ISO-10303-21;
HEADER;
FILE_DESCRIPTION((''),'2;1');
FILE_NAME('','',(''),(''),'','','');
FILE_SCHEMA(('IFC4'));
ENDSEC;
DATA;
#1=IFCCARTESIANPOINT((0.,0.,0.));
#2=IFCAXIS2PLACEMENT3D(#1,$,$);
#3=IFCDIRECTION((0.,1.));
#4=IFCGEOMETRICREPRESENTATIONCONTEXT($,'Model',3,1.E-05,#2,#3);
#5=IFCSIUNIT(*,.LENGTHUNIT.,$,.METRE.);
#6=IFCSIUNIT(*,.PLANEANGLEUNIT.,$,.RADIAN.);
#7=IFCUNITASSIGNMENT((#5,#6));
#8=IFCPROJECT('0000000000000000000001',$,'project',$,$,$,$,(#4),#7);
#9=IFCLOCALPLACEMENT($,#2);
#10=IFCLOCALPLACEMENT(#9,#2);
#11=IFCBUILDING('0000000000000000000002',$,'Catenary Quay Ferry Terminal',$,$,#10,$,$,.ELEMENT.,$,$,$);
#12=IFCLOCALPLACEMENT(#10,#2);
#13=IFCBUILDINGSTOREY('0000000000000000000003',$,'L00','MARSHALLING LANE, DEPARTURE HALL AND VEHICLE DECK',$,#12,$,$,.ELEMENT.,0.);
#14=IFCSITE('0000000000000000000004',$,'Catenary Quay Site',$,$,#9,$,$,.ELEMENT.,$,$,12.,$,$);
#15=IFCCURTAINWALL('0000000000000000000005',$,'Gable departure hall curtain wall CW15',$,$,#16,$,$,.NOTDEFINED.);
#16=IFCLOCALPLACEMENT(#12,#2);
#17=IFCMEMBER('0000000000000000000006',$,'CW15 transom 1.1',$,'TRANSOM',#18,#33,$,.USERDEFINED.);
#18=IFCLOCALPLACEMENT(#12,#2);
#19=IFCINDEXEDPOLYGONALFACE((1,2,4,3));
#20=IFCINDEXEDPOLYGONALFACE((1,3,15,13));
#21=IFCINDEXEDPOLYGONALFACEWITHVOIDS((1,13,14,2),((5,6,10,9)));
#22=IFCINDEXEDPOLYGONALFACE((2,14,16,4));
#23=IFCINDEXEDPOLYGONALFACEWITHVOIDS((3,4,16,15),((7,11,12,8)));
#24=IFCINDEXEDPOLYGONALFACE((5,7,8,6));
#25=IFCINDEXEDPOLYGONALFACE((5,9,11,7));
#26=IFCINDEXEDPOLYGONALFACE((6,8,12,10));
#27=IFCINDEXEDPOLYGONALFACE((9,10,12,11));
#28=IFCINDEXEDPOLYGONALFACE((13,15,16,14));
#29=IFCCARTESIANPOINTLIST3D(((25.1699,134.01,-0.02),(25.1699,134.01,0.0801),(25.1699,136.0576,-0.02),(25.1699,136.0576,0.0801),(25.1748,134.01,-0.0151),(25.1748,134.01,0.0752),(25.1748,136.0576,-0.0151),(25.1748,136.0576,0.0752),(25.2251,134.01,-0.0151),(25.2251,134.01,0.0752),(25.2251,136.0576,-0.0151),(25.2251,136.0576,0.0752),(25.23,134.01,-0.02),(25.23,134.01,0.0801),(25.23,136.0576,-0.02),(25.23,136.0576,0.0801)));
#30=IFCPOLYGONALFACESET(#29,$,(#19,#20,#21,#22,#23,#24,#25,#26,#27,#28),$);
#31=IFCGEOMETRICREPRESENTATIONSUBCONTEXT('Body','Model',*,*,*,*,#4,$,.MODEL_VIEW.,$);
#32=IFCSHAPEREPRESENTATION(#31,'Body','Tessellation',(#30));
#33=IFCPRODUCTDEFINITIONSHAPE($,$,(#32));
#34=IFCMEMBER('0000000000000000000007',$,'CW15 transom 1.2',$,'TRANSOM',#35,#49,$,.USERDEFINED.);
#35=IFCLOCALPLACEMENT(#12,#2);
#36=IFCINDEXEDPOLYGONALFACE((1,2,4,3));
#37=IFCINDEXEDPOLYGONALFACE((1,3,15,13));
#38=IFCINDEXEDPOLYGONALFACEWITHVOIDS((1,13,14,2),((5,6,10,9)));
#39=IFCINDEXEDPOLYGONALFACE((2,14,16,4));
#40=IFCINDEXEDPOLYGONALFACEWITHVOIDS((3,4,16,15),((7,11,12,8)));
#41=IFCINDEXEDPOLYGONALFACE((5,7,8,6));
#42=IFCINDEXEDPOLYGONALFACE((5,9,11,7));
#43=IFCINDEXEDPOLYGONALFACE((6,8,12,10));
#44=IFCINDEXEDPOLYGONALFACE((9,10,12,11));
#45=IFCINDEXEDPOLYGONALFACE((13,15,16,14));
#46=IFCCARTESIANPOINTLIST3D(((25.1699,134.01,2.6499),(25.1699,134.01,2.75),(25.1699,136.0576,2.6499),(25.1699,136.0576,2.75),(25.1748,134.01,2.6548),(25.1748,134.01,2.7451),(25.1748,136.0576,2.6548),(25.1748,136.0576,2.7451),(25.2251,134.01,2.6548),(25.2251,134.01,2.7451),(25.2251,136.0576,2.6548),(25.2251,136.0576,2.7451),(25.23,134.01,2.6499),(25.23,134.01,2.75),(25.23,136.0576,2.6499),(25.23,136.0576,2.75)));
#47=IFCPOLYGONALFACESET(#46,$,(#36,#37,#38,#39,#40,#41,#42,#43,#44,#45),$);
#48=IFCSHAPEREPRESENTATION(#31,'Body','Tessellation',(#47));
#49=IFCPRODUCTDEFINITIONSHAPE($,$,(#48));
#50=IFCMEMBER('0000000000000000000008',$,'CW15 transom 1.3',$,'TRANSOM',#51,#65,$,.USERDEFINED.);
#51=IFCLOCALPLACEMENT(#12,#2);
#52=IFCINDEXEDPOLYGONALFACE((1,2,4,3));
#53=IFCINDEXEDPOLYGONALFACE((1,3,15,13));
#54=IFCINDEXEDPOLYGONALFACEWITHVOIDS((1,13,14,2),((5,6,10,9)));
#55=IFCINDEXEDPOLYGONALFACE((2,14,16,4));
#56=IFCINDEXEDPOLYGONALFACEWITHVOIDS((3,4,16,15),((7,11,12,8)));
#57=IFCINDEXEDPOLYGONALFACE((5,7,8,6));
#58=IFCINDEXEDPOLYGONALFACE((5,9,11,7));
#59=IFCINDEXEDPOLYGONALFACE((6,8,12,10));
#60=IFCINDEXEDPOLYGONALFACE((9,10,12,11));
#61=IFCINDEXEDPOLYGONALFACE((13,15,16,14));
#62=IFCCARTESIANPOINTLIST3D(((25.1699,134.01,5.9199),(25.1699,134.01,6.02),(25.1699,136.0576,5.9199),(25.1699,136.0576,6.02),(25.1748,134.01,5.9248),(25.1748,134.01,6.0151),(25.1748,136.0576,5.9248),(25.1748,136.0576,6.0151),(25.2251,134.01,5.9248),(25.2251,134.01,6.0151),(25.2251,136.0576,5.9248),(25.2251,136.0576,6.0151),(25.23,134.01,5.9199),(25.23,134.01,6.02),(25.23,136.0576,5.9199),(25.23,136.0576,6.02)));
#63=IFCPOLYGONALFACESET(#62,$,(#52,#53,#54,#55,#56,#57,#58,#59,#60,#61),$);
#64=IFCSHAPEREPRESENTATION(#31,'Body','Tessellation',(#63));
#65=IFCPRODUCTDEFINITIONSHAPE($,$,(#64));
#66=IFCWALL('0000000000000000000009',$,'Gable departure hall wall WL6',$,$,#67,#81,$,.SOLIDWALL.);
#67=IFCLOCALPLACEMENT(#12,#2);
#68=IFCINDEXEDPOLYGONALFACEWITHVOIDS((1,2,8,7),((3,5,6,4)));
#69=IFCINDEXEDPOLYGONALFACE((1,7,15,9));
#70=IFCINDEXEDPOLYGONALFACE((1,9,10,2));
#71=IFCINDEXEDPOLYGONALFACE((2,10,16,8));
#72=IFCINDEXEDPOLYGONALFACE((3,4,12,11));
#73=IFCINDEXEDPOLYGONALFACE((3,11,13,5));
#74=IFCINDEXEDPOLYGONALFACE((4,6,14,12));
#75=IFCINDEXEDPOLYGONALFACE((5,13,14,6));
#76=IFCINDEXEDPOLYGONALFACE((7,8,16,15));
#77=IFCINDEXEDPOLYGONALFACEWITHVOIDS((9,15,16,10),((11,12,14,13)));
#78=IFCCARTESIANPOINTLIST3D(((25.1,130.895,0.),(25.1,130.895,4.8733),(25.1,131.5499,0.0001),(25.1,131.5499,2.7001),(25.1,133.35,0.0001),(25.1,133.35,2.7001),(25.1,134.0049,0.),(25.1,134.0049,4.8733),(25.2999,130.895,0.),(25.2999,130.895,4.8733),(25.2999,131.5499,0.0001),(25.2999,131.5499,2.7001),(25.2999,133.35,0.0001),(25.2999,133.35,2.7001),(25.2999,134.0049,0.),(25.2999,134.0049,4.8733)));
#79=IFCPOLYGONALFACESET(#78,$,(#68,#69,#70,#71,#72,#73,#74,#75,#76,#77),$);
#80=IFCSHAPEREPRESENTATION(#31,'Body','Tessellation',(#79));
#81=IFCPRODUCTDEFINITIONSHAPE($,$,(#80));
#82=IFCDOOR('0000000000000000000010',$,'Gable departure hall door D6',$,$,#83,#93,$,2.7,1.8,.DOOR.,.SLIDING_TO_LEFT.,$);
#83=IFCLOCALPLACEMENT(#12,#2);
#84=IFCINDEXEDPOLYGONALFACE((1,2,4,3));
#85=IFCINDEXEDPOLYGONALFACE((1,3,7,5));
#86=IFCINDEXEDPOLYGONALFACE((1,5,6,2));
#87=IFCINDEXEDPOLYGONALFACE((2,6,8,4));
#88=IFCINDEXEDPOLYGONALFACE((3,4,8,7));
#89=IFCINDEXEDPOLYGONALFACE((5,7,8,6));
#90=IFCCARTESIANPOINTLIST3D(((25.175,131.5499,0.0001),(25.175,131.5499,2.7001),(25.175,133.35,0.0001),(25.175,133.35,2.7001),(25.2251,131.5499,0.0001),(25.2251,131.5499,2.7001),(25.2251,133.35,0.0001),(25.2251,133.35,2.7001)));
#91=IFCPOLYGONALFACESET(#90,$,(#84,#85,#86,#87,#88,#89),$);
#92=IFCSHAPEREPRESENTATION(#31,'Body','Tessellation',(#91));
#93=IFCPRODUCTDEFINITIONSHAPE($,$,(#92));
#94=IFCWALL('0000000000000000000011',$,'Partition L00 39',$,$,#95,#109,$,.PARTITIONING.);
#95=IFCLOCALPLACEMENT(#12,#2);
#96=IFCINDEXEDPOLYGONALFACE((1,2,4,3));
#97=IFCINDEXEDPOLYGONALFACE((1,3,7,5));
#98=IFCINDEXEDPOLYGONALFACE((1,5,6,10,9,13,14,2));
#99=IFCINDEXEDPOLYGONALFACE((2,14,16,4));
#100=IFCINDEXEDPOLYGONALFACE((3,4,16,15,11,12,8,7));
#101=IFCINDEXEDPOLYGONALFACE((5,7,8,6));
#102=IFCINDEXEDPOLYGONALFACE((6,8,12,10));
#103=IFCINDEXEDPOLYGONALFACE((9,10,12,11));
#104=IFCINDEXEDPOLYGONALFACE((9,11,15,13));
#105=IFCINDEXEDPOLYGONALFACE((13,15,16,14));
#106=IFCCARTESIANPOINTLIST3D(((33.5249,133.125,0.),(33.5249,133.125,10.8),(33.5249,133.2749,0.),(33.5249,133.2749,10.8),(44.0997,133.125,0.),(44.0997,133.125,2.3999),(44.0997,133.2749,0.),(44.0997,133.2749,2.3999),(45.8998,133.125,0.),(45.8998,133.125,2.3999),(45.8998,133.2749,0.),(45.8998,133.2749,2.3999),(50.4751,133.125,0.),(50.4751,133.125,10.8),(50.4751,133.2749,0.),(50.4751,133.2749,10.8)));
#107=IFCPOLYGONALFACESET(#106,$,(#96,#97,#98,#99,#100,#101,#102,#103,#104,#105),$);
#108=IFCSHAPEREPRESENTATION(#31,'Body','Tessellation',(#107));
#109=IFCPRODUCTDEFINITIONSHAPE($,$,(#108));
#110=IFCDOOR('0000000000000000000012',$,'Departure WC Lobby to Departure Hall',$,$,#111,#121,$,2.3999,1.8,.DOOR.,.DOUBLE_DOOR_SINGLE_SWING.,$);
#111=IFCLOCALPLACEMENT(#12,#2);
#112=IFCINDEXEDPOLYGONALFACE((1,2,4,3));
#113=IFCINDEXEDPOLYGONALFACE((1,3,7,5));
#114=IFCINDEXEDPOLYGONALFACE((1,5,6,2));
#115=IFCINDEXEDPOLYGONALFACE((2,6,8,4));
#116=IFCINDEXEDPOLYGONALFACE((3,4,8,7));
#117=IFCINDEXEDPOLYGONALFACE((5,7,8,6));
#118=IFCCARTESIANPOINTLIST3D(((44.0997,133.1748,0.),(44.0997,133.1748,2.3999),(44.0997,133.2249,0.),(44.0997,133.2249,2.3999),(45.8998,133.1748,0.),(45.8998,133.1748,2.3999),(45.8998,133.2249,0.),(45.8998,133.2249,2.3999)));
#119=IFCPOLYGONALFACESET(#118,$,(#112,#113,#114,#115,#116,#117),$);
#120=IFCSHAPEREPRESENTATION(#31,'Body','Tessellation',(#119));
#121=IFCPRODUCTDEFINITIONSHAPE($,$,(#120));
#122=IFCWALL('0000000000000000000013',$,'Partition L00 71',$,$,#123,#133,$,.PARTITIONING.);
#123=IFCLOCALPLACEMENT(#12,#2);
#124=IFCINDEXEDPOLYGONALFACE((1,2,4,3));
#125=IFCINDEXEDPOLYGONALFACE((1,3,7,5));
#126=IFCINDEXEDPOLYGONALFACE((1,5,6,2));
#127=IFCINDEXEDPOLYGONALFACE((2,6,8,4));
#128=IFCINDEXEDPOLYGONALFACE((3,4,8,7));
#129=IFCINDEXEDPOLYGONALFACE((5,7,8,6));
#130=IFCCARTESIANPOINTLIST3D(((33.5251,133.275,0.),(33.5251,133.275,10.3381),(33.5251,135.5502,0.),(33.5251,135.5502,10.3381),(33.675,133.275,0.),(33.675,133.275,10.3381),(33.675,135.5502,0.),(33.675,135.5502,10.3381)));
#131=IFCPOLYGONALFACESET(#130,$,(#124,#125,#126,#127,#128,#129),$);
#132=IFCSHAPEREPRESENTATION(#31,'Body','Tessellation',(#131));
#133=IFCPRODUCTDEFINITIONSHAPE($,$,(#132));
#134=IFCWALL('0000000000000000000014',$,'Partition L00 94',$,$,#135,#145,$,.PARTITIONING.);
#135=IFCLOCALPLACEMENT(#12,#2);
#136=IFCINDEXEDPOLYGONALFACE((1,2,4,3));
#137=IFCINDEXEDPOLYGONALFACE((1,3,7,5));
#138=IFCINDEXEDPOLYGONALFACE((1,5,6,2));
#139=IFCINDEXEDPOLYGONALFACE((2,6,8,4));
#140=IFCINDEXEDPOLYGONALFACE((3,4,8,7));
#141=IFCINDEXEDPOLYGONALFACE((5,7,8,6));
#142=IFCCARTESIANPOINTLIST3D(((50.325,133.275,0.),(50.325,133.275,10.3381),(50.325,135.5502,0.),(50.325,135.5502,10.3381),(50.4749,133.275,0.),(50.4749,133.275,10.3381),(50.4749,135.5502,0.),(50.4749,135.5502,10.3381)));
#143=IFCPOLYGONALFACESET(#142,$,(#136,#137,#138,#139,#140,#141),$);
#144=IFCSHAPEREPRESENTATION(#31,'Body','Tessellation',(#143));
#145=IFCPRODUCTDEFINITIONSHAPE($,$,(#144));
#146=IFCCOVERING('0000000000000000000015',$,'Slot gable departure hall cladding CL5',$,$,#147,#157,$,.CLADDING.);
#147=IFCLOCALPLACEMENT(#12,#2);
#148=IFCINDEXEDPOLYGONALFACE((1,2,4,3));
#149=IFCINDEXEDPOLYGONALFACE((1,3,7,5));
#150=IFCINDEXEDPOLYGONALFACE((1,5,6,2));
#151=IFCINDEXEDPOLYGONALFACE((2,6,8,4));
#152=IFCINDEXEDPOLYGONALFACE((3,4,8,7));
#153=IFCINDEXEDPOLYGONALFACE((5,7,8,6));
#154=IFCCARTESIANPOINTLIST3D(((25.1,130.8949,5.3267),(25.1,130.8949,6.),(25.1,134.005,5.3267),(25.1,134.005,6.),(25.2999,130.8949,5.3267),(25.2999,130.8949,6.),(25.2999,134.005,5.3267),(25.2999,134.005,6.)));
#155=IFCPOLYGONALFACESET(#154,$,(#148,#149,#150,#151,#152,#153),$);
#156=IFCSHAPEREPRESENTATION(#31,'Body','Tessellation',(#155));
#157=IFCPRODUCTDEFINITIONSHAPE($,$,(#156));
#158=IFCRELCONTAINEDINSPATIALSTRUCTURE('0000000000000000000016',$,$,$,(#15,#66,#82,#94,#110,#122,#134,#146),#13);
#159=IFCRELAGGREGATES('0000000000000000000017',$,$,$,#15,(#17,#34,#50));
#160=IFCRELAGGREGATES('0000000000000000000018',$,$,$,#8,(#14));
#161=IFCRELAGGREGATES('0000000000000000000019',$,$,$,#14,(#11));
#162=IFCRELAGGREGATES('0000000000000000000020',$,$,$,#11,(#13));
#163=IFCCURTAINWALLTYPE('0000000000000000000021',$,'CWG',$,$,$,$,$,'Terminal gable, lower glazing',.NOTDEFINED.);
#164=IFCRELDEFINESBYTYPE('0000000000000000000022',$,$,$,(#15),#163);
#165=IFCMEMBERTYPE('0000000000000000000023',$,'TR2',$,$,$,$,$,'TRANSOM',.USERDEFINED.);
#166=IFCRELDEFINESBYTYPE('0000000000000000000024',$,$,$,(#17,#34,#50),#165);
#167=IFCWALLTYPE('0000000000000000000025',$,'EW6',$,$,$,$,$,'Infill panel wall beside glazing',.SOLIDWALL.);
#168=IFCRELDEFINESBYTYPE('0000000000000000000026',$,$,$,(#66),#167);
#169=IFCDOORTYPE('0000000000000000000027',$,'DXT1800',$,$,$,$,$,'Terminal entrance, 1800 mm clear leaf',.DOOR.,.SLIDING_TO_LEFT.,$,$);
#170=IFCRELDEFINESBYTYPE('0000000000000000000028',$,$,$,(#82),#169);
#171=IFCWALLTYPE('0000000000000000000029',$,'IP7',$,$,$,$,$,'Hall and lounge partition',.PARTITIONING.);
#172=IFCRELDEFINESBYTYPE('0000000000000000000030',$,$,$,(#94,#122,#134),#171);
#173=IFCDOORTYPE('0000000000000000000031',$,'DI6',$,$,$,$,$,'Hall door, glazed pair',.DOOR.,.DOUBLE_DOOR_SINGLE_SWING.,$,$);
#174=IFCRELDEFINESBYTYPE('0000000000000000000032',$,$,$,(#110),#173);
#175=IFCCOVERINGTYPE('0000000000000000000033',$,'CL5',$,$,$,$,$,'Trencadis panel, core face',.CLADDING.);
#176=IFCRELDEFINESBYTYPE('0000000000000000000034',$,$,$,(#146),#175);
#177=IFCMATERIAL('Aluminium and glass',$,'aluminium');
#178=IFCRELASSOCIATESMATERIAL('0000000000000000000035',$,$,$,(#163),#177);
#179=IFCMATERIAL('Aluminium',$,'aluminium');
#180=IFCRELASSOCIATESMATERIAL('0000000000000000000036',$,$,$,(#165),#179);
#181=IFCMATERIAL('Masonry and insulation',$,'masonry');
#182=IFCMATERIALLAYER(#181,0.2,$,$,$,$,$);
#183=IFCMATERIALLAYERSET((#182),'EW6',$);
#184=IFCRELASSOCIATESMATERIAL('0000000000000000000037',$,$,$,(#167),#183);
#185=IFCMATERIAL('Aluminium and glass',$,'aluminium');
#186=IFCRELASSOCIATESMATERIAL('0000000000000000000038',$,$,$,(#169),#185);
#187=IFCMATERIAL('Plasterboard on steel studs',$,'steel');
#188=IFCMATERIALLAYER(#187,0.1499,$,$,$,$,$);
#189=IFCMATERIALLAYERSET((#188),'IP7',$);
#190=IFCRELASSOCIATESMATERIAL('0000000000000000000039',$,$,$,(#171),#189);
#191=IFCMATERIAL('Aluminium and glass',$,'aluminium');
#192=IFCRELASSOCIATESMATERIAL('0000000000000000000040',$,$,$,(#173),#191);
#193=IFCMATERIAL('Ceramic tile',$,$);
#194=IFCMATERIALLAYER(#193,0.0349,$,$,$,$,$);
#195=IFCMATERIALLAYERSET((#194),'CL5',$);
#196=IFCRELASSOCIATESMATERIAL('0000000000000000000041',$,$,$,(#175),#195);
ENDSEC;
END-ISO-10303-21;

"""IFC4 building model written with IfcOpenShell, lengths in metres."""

from ifc_helpers import new_model, si_unit, direction, frame, frame_2d, origin, origin_2d, place, context, subcontext, project, spatial, rectangle, hollow_rectangle, extrude, material, layer, layer_set, material_profile, profile_set, type_object, element, fill, aggregate, save


model = new_model("IFC4")

# Units and contexts
model_context = context("Model", 3, precision=1e-05, world=origin(), true_north=direction((0.0, 1.0)))
body_context = subcontext(model_context, "Body", "Model", "MODEL_VIEW")
ifc_project = project(units=[si_unit("LENGTHUNIT", "METRE"), si_unit("PLANEANGLEUNIT", "RADIAN")], contexts=[model_context])

# Site, building, storey
site_placement = place(None, origin())
site = spatial("IfcSite", under=ifc_project, at=site_placement, Name="Catenary Quay Site", CompositionType="ELEMENT", RefElevation=12.0)
building_placement = place(site_placement, origin())
building = spatial("IfcBuilding", under=site, at=building_placement, Name="Catenary Quay Ferry Terminal", CompositionType="ELEMENT")
storey_placement = place(building_placement, origin())
storey = spatial("IfcBuildingStorey", under=building, at=storey_placement, Name="L00", Description="MARSHALLING LANE, DEPARTURE HALL AND VEHICLE DECK", CompositionType="ELEMENT", Elevation=0.0)

# Shared definitions
ifc_material_1 = material(Name="Aluminium and glass", Category="aluminium")
curtain_wall_type = type_object("IfcCurtainWallType", Name="CWG", ElementType="Terminal gable, lower glazing", PredefinedType="NOTDEFINED", material=ifc_material_1)

# Curtain wall, members
curtain_wall_1_placement = place(storey_placement, origin())
curtain_wall_1 = element("IfcCurtainWall", 1, at=curtain_wall_1_placement, inside=storey, type_object=curtain_wall_type, Name="Gable departure hall curtain wall CW15", PredefinedType="NOTDEFINED")
ifc_material_2 = material(Name="Aluminium", Category="aluminium")
ifc_material_profile_1 = material_profile(ifc_material_2, hollow_rectangle(XDim=0.0601, YDim=0.1001, WallThickness=0.0049, at=origin_2d()), Name="TR2")
ifc_profile_set_1 = profile_set([ifc_material_profile_1], Name="Aluminium")
member_type_1 = type_object("IfcMemberType", Name="TR2", ElementType="TRANSOM", PredefinedType="USERDEFINED", material=ifc_profile_set_1)
member_1_placement = place(storey_placement, frame((25.2, 134.01, 0.03), z_axis=(0.0, 1.0, 0.0), x_axis=(-1.0, 0.0, 0.0)))
member_1 = element("IfcMember", 2, at=member_1_placement, type_object=member_type_1, Name="CW15 transom 1.1", ObjectType="TRANSOM", PredefinedType="USERDEFINED", context=body_context, shape_type="SweptSolid", body=[
    extrude(hollow_rectangle(XDim=0.0601, YDim=0.1001, WallThickness=0.0049, at=origin_2d()), origin(), (0.0, 0.0, 1.0), 2.0476),
])
member_2_placement = place(storey_placement, frame((25.2, 134.01, 2.7), z_axis=(0.0, 1.0, 0.0), x_axis=(-1.0, 0.0, 0.0)))
member_2 = element("IfcMember", 3, at=member_2_placement, type_object=member_type_1, Name="CW15 transom 1.2", ObjectType="TRANSOM", PredefinedType="USERDEFINED", context=body_context, shape_type="SweptSolid", body=[
    extrude(hollow_rectangle(XDim=0.0601, YDim=0.1001, WallThickness=0.0049, at=origin_2d()), origin(), (0.0, 0.0, 1.0), 2.0476),
])
member_3_placement = place(storey_placement, frame((25.2, 134.01, 5.97), z_axis=(0.0, 1.0, 0.0), x_axis=(-1.0, 0.0, 0.0)))
member_3 = element("IfcMember", 4, at=member_3_placement, type_object=member_type_1, Name="CW15 transom 1.3", ObjectType="TRANSOM", PredefinedType="USERDEFINED", context=body_context, shape_type="SweptSolid", body=[
    extrude(hollow_rectangle(XDim=0.0601, YDim=0.1001, WallThickness=0.0049, at=origin_2d()), origin(), (0.0, 0.0, 1.0), 2.0476),
])
aggregate(curtain_wall_1, [member_1, member_2, member_3])

# Walls, openings, doors
ifc_material_3 = material(Name="Masonry and insulation", Category="masonry")
ifc_layer_1 = layer(ifc_material_3, 0.2)
ifc_layer_set_1 = layer_set([ifc_layer_1], Name="EW6")
wall_type_1 = type_object("IfcWallType", Name="EW6", ElementType="Infill panel wall beside glazing", PredefinedType="SOLIDWALL", material=ifc_layer_set_1)
wall_1_placement = place(storey_placement, frame((25.2, 130.895, 0.0), z_axis=(0.0, 0.0, 1.0), x_axis=(0.0, 1.0, 0.0)))
wall_1 = element("IfcWall", 5, at=wall_1_placement, inside=storey, type_object=wall_type_1, Name="Gable departure hall wall WL6", PredefinedType="SOLIDWALL", context=body_context, shape_type="SweptSolid", body=[
    extrude(rectangle(XDim=3.1099, YDim=0.2, at=frame_2d((1.5549, 0.0))), origin(), (0.0, 0.0, 1.0), 4.8733),
])
opening_1_placement = place(wall_1_placement, frame((0.655, 0.0, 0.0)))
opening_1 = element("IfcOpeningElement", 6, at=opening_1_placement, cuts=wall_1, PredefinedType="OPENING", context=body_context, shape_type="SweptSolid", body=[
    extrude(rectangle(XDim=1.8, YDim=2.7, at=frame_2d((0.8999, 1.3501))), frame((0.0, 0.1099, 0.0), z_axis=(0.0, -1.0, 0.0), x_axis=(1.0, 0.0, 0.0)), (0.0, 0.0, 1.0), 0.22),
])
ifc_material_4 = material(Name="Aluminium and glass", Category="aluminium")
door_type_1 = type_object("IfcDoorType", Name="DXT1800", ElementType="Terminal entrance, 1800 mm clear leaf", OperationType="SLIDING_TO_LEFT", PredefinedType="DOOR", material=ifc_material_4)
door_1_placement = place(opening_1_placement, origin())
door_1 = element("IfcDoor", 7, at=door_1_placement, inside=storey, type_object=door_type_1, Name="Gable departure hall door D6", OperationType="SLIDING_TO_LEFT", OverallHeight=2.7, OverallWidth=1.8, PredefinedType="DOOR", context=body_context, shape_type="SweptSolid", body=[
    extrude(rectangle(XDim=1.8, YDim=2.7, at=frame_2d((0.8999, 1.3501))), frame((0.0, 0.0249, 0.0), z_axis=(0.0, -1.0, 0.0), x_axis=(1.0, 0.0, 0.0)), (0.0, 0.0, 1.0), 0.05),
])
fill(opening_1, door_1)
ifc_material_5 = material(Name="Plasterboard on steel studs", Category="steel")
ifc_layer_2 = layer(ifc_material_5, 0.1499)
ifc_layer_set_2 = layer_set([ifc_layer_2], Name="IP7")
wall_type_2 = type_object("IfcWallType", Name="IP7", ElementType="Hall and lounge partition", PredefinedType="PARTITIONING", material=ifc_layer_set_2)
wall_2_placement = place(storey_placement, frame((33.5249, 133.2, 0.0), z_axis=(0.0, 0.0, 1.0), x_axis=(1.0, 0.0, 0.0)))
wall_2 = element("IfcWall", 8, at=wall_2_placement, inside=storey, type_object=wall_type_2, Name="Partition L00 39", PredefinedType="PARTITIONING", context=body_context, shape_type="SweptSolid", body=[
    extrude(rectangle(XDim=16.9502, YDim=0.1499, at=frame_2d((8.4751, 0.0))), origin(), (0.0, 0.0, 1.0), 10.8),
])
opening_2_placement = place(wall_2_placement, frame((10.575, 0.0, 0.0)))
opening_2 = element("IfcOpeningElement", 9, at=opening_2_placement, cuts=wall_2, PredefinedType="OPENING", context=body_context, shape_type="SweptSolid", body=[
    extrude(rectangle(XDim=1.8, YDim=2.3999, at=frame_2d((0.8999, 1.2))), frame((0.0, 0.085, 0.0), z_axis=(0.0, -1.0, 0.0), x_axis=(1.0, 0.0, 0.0)), (0.0, 0.0, 1.0), 0.1699),
])
ifc_material_6 = material(Name="Aluminium and glass", Category="aluminium")
door_type_2 = type_object("IfcDoorType", Name="DI6", ElementType="Hall door, glazed pair", OperationType="DOUBLE_DOOR_SINGLE_SWING", PredefinedType="DOOR", material=ifc_material_6)
door_2_placement = place(opening_2_placement, origin())
door_2 = element("IfcDoor", 10, at=door_2_placement, inside=storey, type_object=door_type_2, Name="Departure WC Lobby to Departure Hall", OperationType="DOUBLE_DOOR_SINGLE_SWING", OverallHeight=2.3999, OverallWidth=1.8, PredefinedType="DOOR", context=body_context, shape_type="SweptSolid", body=[
    extrude(rectangle(XDim=1.8, YDim=2.3999, at=frame_2d((0.8999, 1.2))), frame((0.0, 0.0249, 0.0), z_axis=(0.0, -1.0, 0.0), x_axis=(1.0, 0.0, 0.0)), (0.0, 0.0, 1.0), 0.05),
])
fill(opening_2, door_2)

# Walls
for number, where, z_axis, x_axis, name in (
    (11, (33.6001, 133.2749, 0.0), (0.0, 0.0, 1.0), (0.0, 1.0, 0.0), "Partition L00 71"),
    (12, (50.3999, 133.2749, 0.0), (0.0, 0.0, 1.0), (0.0, 1.0, 0.0), "Partition L00 94"),
):
    element("IfcWall", number, at=place(storey_placement, frame(where, z_axis=z_axis, x_axis=x_axis)), inside=storey, type_object=wall_type_2, Name=name, PredefinedType="PARTITIONING", context=body_context, shape_type="SweptSolid", body=[
        extrude(rectangle(XDim=2.2751, YDim=0.1499, at=frame_2d((1.1377, 0.0))), origin(), (0.0, 0.0, 1.0), 10.3381),
    ])

# Covering
ifc_material_7 = material(Name="Ceramic tile")
ifc_layer_3 = layer(ifc_material_7, 0.0349)
ifc_layer_set_3 = layer_set([ifc_layer_3], Name="CL5")
covering_type = type_object("IfcCoveringType", Name="CL5", ElementType="Trencadis panel, core face", PredefinedType="CLADDING", material=ifc_layer_set_3)
covering_placement = place(storey_placement, frame((25.2, 132.45, 5.3267), z_axis=(0.0, 0.0, 1.0), x_axis=(1.0, 0.0, 0.0)))
element("IfcCovering", 13, at=covering_placement, inside=storey, type_object=covering_type, Name="Slot gable departure hall cladding CL5", PredefinedType="CLADDING", context=body_context, shape_type="SweptSolid", body=[
    extrude(rectangle(XDim=0.2, YDim=3.1101, at=origin_2d()), origin(), (0.0, 0.0, 1.0), 0.6733),
])

save(model, "model.ifc")
